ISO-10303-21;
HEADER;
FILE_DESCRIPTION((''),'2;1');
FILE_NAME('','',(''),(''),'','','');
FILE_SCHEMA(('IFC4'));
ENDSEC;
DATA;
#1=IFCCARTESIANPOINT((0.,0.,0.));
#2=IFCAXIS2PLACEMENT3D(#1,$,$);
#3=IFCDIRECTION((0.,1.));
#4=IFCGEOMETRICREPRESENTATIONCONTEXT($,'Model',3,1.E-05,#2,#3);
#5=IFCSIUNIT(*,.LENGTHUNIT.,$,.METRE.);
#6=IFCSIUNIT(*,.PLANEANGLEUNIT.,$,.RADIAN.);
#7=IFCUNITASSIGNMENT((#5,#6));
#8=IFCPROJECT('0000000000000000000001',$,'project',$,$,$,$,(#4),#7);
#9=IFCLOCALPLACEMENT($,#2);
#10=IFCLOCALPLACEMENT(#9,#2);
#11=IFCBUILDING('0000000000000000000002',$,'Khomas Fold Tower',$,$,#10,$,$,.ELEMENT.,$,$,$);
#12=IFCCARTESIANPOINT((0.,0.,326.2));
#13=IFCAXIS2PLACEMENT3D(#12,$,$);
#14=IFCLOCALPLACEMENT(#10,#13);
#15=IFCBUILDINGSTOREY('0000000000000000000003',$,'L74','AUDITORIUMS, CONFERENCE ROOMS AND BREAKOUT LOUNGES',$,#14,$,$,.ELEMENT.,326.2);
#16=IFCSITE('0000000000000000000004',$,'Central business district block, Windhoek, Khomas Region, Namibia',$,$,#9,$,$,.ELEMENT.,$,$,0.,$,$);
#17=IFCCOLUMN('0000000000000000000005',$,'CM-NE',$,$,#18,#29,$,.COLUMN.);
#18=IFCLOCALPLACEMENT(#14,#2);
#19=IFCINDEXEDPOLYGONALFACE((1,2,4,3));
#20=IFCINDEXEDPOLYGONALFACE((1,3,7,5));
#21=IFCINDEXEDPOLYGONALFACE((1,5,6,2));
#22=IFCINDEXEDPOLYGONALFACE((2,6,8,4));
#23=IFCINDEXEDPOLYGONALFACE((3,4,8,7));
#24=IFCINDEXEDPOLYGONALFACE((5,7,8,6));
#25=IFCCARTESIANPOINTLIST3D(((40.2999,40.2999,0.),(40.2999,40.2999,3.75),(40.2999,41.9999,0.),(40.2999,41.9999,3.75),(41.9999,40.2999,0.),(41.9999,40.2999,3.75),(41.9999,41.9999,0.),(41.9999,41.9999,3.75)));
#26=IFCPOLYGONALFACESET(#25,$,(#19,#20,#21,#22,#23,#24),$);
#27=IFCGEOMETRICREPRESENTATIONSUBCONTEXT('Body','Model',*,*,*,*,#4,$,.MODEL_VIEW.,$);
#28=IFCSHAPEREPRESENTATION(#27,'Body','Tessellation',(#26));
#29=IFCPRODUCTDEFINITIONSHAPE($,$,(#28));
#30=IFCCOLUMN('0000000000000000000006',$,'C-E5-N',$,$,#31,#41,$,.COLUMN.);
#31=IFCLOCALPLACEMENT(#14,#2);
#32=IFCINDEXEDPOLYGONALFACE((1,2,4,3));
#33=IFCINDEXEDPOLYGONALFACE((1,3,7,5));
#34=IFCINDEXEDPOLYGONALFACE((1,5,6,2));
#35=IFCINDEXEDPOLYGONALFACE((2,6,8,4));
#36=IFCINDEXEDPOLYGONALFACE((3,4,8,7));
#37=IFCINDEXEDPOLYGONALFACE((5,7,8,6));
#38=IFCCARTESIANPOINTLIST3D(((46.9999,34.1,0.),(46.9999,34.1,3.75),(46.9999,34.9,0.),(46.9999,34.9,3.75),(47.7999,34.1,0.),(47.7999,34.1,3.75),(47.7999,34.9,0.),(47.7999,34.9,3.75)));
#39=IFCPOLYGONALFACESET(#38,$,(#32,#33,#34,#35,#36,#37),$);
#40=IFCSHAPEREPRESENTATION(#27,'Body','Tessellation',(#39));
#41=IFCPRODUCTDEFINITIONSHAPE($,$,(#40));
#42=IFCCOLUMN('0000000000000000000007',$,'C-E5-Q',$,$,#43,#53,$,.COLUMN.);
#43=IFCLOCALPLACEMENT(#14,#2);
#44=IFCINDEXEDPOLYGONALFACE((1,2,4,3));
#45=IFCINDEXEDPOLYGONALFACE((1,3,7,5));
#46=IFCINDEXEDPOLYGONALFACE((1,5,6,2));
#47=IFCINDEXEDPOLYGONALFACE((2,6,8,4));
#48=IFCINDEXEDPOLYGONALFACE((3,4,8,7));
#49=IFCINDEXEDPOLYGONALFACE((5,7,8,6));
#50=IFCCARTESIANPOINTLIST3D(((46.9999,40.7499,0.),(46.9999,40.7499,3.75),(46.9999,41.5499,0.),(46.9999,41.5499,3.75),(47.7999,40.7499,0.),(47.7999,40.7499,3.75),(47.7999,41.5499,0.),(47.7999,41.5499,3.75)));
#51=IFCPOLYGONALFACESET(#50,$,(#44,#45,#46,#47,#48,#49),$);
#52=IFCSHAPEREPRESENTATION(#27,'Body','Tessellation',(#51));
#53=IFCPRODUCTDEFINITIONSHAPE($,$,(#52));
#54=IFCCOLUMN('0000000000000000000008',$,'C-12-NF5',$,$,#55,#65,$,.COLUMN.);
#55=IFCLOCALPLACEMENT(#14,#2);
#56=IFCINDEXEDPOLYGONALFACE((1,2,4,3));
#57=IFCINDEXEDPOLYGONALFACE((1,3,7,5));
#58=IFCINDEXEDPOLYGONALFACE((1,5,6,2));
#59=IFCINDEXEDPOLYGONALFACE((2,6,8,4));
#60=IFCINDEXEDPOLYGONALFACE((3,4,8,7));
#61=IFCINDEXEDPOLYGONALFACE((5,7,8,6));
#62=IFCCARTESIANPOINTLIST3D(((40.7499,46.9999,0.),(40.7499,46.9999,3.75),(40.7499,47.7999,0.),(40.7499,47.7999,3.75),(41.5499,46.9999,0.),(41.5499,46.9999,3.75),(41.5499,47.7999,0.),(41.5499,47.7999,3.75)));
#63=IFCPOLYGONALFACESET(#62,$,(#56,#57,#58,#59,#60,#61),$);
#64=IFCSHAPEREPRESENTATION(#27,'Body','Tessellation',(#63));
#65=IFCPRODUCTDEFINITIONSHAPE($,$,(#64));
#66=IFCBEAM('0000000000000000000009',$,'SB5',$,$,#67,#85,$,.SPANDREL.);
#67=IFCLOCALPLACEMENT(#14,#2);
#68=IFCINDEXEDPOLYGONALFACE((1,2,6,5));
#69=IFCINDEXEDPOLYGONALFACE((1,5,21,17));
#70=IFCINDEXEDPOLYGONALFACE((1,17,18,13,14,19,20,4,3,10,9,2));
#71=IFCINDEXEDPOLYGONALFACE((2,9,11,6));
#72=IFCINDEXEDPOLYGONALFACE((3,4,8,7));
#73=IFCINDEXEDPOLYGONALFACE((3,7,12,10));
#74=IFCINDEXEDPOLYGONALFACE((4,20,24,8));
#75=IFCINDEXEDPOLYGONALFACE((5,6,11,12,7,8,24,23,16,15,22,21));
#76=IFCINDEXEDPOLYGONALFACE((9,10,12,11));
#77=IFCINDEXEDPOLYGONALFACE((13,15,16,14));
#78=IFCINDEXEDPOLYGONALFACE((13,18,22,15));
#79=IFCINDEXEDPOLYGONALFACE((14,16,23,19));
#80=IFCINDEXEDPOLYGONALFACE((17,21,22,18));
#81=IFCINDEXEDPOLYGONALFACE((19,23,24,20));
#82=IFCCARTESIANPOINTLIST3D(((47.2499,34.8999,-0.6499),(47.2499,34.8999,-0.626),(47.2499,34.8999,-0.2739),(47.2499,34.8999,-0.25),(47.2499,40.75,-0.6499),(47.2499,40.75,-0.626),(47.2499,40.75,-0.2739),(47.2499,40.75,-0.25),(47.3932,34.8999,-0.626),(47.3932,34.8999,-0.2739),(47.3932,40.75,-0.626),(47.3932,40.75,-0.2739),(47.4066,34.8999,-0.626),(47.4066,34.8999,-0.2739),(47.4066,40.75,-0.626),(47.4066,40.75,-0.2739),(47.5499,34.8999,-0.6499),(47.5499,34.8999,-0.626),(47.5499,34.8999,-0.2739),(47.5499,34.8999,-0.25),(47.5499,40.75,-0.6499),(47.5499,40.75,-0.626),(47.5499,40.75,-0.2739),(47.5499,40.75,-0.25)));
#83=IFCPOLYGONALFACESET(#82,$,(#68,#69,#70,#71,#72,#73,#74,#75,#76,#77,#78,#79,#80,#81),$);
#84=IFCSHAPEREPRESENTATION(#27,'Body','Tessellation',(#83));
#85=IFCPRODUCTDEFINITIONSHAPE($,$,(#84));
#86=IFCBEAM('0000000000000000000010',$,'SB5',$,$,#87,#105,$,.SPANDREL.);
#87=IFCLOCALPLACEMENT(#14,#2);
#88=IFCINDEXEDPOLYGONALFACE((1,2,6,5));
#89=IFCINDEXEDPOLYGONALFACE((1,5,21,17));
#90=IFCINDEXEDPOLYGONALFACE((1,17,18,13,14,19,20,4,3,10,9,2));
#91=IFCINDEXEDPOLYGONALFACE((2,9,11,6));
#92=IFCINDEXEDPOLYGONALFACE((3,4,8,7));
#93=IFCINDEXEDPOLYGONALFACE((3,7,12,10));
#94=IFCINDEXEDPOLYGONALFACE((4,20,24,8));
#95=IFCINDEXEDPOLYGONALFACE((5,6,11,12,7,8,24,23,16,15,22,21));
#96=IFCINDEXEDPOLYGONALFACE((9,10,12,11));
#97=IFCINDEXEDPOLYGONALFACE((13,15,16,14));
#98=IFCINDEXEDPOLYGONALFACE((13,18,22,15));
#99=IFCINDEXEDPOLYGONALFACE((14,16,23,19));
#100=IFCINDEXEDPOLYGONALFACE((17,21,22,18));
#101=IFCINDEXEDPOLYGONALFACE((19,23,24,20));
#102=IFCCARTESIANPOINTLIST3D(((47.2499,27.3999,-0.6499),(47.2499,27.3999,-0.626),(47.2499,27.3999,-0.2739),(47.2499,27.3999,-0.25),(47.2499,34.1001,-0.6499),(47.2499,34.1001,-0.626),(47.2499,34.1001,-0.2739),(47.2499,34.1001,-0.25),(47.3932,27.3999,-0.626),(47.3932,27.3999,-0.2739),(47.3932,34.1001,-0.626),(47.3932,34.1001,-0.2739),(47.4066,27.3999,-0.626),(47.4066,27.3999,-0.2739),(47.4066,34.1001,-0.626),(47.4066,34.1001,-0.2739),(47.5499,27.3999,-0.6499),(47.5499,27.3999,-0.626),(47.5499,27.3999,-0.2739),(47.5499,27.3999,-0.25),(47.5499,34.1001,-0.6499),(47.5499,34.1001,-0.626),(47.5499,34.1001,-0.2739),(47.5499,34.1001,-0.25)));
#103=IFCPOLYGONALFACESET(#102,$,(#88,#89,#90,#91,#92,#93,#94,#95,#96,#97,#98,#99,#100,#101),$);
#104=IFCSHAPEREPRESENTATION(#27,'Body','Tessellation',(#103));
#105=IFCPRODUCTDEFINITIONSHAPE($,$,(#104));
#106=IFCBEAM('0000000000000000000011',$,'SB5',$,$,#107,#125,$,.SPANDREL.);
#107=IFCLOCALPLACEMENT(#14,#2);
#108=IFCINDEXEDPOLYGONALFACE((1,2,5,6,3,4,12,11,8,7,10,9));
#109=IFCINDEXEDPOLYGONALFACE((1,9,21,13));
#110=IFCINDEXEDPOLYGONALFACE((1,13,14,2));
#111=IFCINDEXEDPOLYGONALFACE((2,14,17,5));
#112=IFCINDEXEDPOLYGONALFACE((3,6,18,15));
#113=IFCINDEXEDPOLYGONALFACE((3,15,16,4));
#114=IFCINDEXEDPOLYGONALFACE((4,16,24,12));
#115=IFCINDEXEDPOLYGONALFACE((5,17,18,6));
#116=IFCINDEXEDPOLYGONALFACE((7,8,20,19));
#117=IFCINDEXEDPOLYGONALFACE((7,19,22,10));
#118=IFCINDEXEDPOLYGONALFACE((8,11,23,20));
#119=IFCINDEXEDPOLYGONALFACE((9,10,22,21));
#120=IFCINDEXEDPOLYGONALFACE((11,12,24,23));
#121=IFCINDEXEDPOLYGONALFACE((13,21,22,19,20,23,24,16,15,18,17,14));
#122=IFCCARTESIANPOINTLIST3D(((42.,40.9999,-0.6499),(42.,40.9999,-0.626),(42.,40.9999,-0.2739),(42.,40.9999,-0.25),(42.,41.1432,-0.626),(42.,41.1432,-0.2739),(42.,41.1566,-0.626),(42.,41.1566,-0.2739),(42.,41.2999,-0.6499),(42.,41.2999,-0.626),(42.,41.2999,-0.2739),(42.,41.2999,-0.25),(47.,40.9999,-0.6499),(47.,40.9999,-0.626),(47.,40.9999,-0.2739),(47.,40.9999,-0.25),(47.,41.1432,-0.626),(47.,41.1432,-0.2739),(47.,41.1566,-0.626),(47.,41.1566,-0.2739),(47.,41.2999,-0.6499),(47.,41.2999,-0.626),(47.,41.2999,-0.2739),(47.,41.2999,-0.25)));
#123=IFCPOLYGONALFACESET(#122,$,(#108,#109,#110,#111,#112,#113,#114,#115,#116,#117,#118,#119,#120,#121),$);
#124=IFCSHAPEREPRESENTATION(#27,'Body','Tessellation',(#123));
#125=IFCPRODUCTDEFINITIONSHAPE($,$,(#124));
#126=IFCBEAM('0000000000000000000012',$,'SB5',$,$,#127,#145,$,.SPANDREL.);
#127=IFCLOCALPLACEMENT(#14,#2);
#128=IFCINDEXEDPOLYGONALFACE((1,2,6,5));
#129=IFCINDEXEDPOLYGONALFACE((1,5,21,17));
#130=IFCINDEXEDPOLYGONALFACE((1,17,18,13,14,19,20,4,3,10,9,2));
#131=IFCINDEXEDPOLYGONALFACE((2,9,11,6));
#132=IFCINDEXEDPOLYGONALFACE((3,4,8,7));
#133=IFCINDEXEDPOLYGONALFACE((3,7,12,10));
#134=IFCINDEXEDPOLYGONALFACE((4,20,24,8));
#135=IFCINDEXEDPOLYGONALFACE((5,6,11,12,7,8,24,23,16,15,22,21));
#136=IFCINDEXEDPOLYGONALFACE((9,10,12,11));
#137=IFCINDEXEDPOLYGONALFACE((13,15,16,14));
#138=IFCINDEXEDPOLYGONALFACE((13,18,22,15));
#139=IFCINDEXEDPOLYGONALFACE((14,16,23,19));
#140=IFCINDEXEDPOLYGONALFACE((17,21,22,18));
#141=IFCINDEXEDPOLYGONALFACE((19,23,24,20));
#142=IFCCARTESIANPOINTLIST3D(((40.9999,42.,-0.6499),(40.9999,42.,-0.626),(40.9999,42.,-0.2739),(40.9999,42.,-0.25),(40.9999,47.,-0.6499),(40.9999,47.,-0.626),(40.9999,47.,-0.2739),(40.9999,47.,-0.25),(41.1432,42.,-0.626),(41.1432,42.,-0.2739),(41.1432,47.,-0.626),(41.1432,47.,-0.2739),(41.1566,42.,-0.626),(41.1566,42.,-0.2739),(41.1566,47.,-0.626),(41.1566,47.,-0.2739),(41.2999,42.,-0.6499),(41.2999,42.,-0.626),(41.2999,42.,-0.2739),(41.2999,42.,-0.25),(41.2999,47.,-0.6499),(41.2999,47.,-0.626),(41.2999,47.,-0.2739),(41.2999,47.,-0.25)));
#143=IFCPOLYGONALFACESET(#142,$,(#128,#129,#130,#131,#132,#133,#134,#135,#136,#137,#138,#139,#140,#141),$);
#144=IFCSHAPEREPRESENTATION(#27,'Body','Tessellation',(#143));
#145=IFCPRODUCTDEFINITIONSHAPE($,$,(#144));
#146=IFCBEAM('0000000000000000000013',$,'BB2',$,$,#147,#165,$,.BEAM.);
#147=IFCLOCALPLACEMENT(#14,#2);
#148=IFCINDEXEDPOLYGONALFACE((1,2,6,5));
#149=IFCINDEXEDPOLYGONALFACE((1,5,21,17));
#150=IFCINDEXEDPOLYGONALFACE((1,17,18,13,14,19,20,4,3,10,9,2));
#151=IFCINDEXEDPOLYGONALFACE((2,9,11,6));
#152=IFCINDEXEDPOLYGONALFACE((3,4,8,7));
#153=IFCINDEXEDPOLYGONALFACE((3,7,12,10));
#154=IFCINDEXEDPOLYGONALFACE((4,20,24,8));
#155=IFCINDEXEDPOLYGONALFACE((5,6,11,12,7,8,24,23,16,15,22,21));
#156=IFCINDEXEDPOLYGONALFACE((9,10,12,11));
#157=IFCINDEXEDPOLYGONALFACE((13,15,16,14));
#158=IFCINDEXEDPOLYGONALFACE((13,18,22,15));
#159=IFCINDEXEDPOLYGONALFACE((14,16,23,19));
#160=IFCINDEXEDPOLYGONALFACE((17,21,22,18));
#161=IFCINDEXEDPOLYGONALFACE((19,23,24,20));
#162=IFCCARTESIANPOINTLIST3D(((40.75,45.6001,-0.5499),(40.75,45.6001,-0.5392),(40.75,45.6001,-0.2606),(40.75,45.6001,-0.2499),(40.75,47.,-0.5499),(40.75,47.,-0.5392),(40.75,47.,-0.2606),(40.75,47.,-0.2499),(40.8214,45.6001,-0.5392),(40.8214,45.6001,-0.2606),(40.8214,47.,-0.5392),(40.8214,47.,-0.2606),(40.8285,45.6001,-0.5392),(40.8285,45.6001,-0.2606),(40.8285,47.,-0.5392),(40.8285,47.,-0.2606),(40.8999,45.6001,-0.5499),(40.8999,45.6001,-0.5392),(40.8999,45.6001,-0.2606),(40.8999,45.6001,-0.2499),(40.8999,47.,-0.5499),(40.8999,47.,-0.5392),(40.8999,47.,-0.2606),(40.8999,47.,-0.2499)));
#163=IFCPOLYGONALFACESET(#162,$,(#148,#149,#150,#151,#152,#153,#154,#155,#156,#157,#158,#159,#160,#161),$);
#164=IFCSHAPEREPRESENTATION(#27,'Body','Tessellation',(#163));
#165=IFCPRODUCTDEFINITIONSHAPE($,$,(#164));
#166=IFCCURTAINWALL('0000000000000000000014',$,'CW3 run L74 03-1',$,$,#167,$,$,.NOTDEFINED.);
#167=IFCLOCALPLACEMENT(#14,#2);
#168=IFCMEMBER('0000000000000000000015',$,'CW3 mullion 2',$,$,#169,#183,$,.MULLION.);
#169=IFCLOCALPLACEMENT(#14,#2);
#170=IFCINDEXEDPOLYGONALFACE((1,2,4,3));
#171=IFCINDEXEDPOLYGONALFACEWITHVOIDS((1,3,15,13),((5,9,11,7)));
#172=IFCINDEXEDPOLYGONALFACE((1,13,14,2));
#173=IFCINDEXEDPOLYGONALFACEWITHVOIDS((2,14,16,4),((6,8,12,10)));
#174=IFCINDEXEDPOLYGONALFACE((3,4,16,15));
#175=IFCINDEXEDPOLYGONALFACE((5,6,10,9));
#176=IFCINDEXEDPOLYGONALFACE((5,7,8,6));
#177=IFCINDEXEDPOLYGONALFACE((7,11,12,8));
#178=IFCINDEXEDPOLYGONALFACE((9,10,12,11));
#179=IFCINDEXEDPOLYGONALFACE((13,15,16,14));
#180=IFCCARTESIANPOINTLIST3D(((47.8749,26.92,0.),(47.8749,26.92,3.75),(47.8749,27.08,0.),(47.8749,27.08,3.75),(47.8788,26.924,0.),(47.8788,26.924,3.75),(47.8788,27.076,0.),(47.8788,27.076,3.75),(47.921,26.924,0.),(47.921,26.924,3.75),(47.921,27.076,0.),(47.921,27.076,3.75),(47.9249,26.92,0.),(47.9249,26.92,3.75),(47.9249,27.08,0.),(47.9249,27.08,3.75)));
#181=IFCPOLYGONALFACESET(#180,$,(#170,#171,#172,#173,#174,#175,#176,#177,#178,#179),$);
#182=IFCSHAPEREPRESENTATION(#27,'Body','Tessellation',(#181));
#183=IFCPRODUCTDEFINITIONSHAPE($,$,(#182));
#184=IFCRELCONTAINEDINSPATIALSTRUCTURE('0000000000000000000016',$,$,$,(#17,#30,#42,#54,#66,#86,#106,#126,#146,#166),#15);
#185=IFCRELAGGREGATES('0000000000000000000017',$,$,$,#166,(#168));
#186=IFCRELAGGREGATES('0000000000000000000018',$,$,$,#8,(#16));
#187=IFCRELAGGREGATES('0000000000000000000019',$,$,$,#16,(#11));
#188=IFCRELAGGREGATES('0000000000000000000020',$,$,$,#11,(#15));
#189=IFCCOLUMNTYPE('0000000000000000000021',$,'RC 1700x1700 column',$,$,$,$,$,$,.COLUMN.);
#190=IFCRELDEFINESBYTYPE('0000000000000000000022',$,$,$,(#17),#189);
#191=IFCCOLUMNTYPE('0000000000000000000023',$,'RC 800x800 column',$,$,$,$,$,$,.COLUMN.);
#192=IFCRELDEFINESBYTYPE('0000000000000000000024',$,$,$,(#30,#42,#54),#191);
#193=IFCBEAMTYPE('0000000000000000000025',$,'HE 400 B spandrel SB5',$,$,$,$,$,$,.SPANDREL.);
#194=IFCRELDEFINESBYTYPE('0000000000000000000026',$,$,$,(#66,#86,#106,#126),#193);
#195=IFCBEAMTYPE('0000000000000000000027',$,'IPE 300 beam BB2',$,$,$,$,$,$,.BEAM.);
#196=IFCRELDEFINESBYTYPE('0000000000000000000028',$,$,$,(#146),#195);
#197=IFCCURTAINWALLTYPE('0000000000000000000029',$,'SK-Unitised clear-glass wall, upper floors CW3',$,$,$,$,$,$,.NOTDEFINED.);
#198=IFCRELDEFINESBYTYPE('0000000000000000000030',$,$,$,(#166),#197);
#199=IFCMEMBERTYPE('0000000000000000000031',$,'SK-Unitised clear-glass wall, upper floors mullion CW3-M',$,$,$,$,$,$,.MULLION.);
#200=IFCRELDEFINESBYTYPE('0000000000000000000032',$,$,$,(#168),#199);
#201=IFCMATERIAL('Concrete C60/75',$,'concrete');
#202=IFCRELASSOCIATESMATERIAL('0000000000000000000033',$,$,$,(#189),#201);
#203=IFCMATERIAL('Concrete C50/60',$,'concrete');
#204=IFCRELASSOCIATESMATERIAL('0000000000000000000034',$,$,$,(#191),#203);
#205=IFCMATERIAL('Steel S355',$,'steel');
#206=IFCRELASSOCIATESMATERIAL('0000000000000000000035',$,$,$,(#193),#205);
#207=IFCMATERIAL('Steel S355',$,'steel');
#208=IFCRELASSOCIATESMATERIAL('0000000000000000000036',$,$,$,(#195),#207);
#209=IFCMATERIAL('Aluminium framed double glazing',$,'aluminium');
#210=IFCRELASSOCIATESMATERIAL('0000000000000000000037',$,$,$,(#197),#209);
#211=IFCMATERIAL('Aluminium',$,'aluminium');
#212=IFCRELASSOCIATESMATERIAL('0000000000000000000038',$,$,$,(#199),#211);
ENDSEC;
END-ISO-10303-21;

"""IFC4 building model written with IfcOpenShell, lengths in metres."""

from ifc_helpers import new_model, si_unit, direction, frame, origin, origin_2d, place, context, subcontext, project, spatial, rectangle, hollow_rectangle, i_section, extrude, source, transform, mapped, material, material_profile, profile_set, type_object, element, aggregate, save


model = new_model("IFC4")

# Units and contexts
model_context = context("Model", 3, precision=1e-05, world=origin(), true_north=direction((0.0, 1.0)))
body_context = subcontext(model_context, "Body", "Model", "MODEL_VIEW")
ifc_project = project(units=[si_unit("LENGTHUNIT", "METRE"), si_unit("PLANEANGLEUNIT", "RADIAN")], contexts=[model_context])

# Site, building, storey
site_placement = place(None, origin())
site = spatial("IfcSite", under=ifc_project, at=site_placement, Name="Central business district block, Windhoek, Khomas Region, Namibia", CompositionType="ELEMENT", RefElevation=0.0)
building_placement = place(site_placement, origin())
building = spatial("IfcBuilding", under=site, at=building_placement, Name="Khomas Fold Tower", CompositionType="ELEMENT")
storey_placement = place(building_placement, frame((0.0, 0.0, 326.2)))
storey = spatial("IfcBuildingStorey", under=building, at=storey_placement, Name="L74", Description="AUDITORIUMS, CONFERENCE ROOMS AND BREAKOUT LOUNGES", CompositionType="ELEMENT", Elevation=326.2)

# Columns
ifc_material_1 = material(Name="Concrete C60/75", Category="concrete")
ifc_material_profile_1 = material_profile(ifc_material_1, rectangle(XDim=1.7, YDim=1.7, at=origin_2d()), Name="RC 1700x1700")
ifc_profile_set_1 = profile_set([ifc_material_profile_1], Name="Concrete C60/75")
column_type_1 = type_object("IfcColumnType", Name="RC 1700x1700 column", PredefinedType="COLUMN", material=ifc_profile_set_1)
shared_shape_1 = source(origin(), body_context, "Body", "SweptSolid", [
    extrude(rectangle(XDim=1.7, YDim=1.7, at=origin_2d()), origin(), (0.0, 0.0, 1.0), 3.75),
])
column_placement = place(storey_placement, frame((41.1499, 41.1499, 0.0), z_axis=(0.0, 0.0, 1.0), x_axis=(1.0, 0.0, 0.0)))
element("IfcColumn", 1, at=column_placement, inside=storey, type_object=column_type_1, Name="CM-NE", PredefinedType="COLUMN", context=body_context, shape_type="MappedRepresentation", body=[
    mapped(shared_shape_1, transform((0.0, 0.0, 0.0))),
])
ifc_material_2 = material(Name="Concrete C50/60", Category="concrete")
ifc_material_profile_2 = material_profile(ifc_material_2, rectangle(XDim=0.8, YDim=0.8, at=origin_2d()), Name="RC 800x800")
ifc_profile_set_2 = profile_set([ifc_material_profile_2], Name="Concrete C50/60")
column_type_2 = type_object("IfcColumnType", Name="RC 800x800 column", PredefinedType="COLUMN", material=ifc_profile_set_2)
shared_shape_2 = source(origin(), body_context, "Body", "SweptSolid", [
    extrude(rectangle(XDim=0.8, YDim=0.8, at=origin_2d()), origin(), (0.0, 0.0, 1.0), 3.75),
])
for number, where, z_axis, x_axis, name in (
    (2, (47.3999, 34.5, 0.0), (0.0, 0.0, 1.0), (1.0, 0.0, 0.0), "C-E5-N"),
    (3, (47.3999, 41.1499, 0.0), (0.0, 0.0, 1.0), (1.0, 0.0, 0.0), "C-E5-Q"),
    (4, (41.1499, 47.3999, 0.0), (0.0, 0.0, 1.0), (1.0, 0.0, 0.0), "C-12-NF5"),
):
    element("IfcColumn", number, at=place(storey_placement, frame(where, z_axis=z_axis, x_axis=x_axis)), inside=storey, type_object=column_type_2, Name=name, PredefinedType="COLUMN", context=body_context, shape_type="MappedRepresentation", body=[
        mapped(shared_shape_2, transform((0.0, 0.0, 0.0))),
    ])

# Beams
ifc_material_3 = material(Name="Steel S355", Category="steel")
ifc_material_profile_3 = material_profile(ifc_material_3, i_section(OverallWidth=0.3, OverallDepth=0.3999, WebThickness=0.0134, FlangeThickness=0.0239, at=origin_2d()), Name="HE 400 B")
ifc_profile_set_3 = profile_set([ifc_material_profile_3], Name="Steel S355")
beam_type_1 = type_object("IfcBeamType", Name="HE 400 B spandrel SB5", PredefinedType="SPANDREL", material=ifc_profile_set_3)
shared_shape_3 = source(origin(), body_context, "Body", "SweptSolid", [
    extrude(i_section(OverallWidth=0.3, OverallDepth=0.3999, WebThickness=0.0134, FlangeThickness=0.0239, at=origin_2d()), origin(), (0.0, 0.0, 1.0), 5.8501),
])
beam_1_placement = place(storey_placement, frame((47.3999, 34.8999, -0.45), z_axis=(0.0, 1.0, 0.0), x_axis=(-1.0, 0.0, 0.0)))
element("IfcBeam", 5, at=beam_1_placement, inside=storey, type_object=beam_type_1, Name="SB5", PredefinedType="SPANDREL", context=body_context, shape_type="MappedRepresentation", body=[
    mapped(shared_shape_3, transform((0.0, 0.0, 0.0))),
])
shared_shape_4 = source(origin(), body_context, "Body", "SweptSolid", [
    extrude(i_section(OverallWidth=0.3, OverallDepth=0.3999, WebThickness=0.0134, FlangeThickness=0.0239, at=origin_2d()), origin(), (0.0, 0.0, 1.0), 6.7002),
])
beam_2_placement = place(storey_placement, frame((47.3999, 27.3999, -0.45), z_axis=(0.0, 1.0, 0.0), x_axis=(-1.0, 0.0, 0.0)))
element("IfcBeam", 6, at=beam_2_placement, inside=storey, type_object=beam_type_1, Name="SB5", PredefinedType="SPANDREL", context=body_context, shape_type="MappedRepresentation", body=[
    mapped(shared_shape_4, transform((0.0, 0.0, 0.0))),
])
shared_shape_5 = source(origin(), body_context, "Body", "SweptSolid", [
    extrude(i_section(OverallWidth=0.3, OverallDepth=0.3999, WebThickness=0.0134, FlangeThickness=0.0239, at=origin_2d()), origin(), (0.0, 0.0, 1.0), 5.0),
])
for number, where, z_axis, x_axis, name in (
    (7, (42.0, 41.1499, -0.45), (1.0, 0.0, 0.0), (0.0, 1.0, 0.0), "SB5"),
    (8, (41.1499, 42.0, -0.45), (0.0, 1.0, 0.0), (-1.0, 0.0, 0.0), "SB5"),
):
    element("IfcBeam", number, at=place(storey_placement, frame(where, z_axis=z_axis, x_axis=x_axis)), inside=storey, type_object=beam_type_1, Name=name, PredefinedType="SPANDREL", context=body_context, shape_type="MappedRepresentation", body=[
        mapped(shared_shape_5, transform((0.0, 0.0, 0.0))),
    ])
ifc_material_4 = material(Name="Steel S355", Category="steel")
ifc_material_profile_4 = material_profile(ifc_material_4, i_section(OverallWidth=0.1499, OverallDepth=0.3, WebThickness=0.0071, FlangeThickness=0.0107, at=origin_2d()), Name="IPE 300")
ifc_profile_set_4 = profile_set([ifc_material_profile_4], Name="Steel S355")
beam_type_2 = type_object("IfcBeamType", Name="IPE 300 beam BB2", PredefinedType="BEAM", material=ifc_profile_set_4)
shared_shape_6 = source(origin(), body_context, "Body", "SweptSolid", [
    extrude(i_section(OverallWidth=0.1499, OverallDepth=0.3, WebThickness=0.0071, FlangeThickness=0.0107, at=origin_2d()), origin(), (0.0, 0.0, 1.0), 1.3999),
])
beam_3_placement = place(storey_placement, frame((40.825, 45.6001, -0.3999), z_axis=(0.0, 1.0, 0.0), x_axis=(-1.0, 0.0, 0.0)))
element("IfcBeam", 9, at=beam_3_placement, inside=storey, type_object=beam_type_2, Name="BB2", PredefinedType="BEAM", context=body_context, shape_type="MappedRepresentation", body=[
    mapped(shared_shape_6, transform((0.0, 0.0, 0.0))),
])

# Curtain wall, member
ifc_material_5 = material(Name="Aluminium framed double glazing", Category="aluminium")
curtain_wall_type = type_object("IfcCurtainWallType", Name="SK-Unitised clear-glass wall, upper floors CW3", PredefinedType="NOTDEFINED", material=ifc_material_5)
curtain_wall_1_placement = place(storey_placement, origin())
curtain_wall_1 = element("IfcCurtainWall", 10, at=curtain_wall_1_placement, inside=storey, type_object=curtain_wall_type, Name="CW3 run L74 03-1", PredefinedType="NOTDEFINED")
ifc_material_6 = material(Name="Aluminium", Category="aluminium")
ifc_material_profile_5 = material_profile(ifc_material_6, hollow_rectangle(XDim=0.05, YDim=0.1599, WallThickness=0.0039, at=origin_2d()), Name="SK-Unitised clear-glass wall, upper floors mullion CW3-M")
ifc_profile_set_5 = profile_set([ifc_material_profile_5], Name="Aluminium")
member_type_1 = type_object("IfcMemberType", Name="SK-Unitised clear-glass wall, upper floors mullion CW3-M", PredefinedType="MULLION", material=ifc_profile_set_5)
shared_shape_7 = source(origin(), body_context, "Body", "SweptSolid", [
    extrude(hollow_rectangle(XDim=0.05, YDim=0.1599, WallThickness=0.0039, at=origin_2d()), origin(), (0.0, 0.0, 1.0), 3.75),
])
member_1_placement = place(storey_placement, frame((47.8999, 27.0, 0.0), z_axis=(0.0, 0.0, 1.0), x_axis=(-1.0, 0.0, 0.0)))
member_1 = element("IfcMember", 11, at=member_1_placement, type_object=member_type_1, Name="CW3 mullion 2", PredefinedType="MULLION", context=body_context, shape_type="MappedRepresentation", body=[
    mapped(shared_shape_7, transform((0.0, 0.0, 0.0))),
])

aggregate(curtain_wall_1, [member_1])

save(model, "model.ifc")
